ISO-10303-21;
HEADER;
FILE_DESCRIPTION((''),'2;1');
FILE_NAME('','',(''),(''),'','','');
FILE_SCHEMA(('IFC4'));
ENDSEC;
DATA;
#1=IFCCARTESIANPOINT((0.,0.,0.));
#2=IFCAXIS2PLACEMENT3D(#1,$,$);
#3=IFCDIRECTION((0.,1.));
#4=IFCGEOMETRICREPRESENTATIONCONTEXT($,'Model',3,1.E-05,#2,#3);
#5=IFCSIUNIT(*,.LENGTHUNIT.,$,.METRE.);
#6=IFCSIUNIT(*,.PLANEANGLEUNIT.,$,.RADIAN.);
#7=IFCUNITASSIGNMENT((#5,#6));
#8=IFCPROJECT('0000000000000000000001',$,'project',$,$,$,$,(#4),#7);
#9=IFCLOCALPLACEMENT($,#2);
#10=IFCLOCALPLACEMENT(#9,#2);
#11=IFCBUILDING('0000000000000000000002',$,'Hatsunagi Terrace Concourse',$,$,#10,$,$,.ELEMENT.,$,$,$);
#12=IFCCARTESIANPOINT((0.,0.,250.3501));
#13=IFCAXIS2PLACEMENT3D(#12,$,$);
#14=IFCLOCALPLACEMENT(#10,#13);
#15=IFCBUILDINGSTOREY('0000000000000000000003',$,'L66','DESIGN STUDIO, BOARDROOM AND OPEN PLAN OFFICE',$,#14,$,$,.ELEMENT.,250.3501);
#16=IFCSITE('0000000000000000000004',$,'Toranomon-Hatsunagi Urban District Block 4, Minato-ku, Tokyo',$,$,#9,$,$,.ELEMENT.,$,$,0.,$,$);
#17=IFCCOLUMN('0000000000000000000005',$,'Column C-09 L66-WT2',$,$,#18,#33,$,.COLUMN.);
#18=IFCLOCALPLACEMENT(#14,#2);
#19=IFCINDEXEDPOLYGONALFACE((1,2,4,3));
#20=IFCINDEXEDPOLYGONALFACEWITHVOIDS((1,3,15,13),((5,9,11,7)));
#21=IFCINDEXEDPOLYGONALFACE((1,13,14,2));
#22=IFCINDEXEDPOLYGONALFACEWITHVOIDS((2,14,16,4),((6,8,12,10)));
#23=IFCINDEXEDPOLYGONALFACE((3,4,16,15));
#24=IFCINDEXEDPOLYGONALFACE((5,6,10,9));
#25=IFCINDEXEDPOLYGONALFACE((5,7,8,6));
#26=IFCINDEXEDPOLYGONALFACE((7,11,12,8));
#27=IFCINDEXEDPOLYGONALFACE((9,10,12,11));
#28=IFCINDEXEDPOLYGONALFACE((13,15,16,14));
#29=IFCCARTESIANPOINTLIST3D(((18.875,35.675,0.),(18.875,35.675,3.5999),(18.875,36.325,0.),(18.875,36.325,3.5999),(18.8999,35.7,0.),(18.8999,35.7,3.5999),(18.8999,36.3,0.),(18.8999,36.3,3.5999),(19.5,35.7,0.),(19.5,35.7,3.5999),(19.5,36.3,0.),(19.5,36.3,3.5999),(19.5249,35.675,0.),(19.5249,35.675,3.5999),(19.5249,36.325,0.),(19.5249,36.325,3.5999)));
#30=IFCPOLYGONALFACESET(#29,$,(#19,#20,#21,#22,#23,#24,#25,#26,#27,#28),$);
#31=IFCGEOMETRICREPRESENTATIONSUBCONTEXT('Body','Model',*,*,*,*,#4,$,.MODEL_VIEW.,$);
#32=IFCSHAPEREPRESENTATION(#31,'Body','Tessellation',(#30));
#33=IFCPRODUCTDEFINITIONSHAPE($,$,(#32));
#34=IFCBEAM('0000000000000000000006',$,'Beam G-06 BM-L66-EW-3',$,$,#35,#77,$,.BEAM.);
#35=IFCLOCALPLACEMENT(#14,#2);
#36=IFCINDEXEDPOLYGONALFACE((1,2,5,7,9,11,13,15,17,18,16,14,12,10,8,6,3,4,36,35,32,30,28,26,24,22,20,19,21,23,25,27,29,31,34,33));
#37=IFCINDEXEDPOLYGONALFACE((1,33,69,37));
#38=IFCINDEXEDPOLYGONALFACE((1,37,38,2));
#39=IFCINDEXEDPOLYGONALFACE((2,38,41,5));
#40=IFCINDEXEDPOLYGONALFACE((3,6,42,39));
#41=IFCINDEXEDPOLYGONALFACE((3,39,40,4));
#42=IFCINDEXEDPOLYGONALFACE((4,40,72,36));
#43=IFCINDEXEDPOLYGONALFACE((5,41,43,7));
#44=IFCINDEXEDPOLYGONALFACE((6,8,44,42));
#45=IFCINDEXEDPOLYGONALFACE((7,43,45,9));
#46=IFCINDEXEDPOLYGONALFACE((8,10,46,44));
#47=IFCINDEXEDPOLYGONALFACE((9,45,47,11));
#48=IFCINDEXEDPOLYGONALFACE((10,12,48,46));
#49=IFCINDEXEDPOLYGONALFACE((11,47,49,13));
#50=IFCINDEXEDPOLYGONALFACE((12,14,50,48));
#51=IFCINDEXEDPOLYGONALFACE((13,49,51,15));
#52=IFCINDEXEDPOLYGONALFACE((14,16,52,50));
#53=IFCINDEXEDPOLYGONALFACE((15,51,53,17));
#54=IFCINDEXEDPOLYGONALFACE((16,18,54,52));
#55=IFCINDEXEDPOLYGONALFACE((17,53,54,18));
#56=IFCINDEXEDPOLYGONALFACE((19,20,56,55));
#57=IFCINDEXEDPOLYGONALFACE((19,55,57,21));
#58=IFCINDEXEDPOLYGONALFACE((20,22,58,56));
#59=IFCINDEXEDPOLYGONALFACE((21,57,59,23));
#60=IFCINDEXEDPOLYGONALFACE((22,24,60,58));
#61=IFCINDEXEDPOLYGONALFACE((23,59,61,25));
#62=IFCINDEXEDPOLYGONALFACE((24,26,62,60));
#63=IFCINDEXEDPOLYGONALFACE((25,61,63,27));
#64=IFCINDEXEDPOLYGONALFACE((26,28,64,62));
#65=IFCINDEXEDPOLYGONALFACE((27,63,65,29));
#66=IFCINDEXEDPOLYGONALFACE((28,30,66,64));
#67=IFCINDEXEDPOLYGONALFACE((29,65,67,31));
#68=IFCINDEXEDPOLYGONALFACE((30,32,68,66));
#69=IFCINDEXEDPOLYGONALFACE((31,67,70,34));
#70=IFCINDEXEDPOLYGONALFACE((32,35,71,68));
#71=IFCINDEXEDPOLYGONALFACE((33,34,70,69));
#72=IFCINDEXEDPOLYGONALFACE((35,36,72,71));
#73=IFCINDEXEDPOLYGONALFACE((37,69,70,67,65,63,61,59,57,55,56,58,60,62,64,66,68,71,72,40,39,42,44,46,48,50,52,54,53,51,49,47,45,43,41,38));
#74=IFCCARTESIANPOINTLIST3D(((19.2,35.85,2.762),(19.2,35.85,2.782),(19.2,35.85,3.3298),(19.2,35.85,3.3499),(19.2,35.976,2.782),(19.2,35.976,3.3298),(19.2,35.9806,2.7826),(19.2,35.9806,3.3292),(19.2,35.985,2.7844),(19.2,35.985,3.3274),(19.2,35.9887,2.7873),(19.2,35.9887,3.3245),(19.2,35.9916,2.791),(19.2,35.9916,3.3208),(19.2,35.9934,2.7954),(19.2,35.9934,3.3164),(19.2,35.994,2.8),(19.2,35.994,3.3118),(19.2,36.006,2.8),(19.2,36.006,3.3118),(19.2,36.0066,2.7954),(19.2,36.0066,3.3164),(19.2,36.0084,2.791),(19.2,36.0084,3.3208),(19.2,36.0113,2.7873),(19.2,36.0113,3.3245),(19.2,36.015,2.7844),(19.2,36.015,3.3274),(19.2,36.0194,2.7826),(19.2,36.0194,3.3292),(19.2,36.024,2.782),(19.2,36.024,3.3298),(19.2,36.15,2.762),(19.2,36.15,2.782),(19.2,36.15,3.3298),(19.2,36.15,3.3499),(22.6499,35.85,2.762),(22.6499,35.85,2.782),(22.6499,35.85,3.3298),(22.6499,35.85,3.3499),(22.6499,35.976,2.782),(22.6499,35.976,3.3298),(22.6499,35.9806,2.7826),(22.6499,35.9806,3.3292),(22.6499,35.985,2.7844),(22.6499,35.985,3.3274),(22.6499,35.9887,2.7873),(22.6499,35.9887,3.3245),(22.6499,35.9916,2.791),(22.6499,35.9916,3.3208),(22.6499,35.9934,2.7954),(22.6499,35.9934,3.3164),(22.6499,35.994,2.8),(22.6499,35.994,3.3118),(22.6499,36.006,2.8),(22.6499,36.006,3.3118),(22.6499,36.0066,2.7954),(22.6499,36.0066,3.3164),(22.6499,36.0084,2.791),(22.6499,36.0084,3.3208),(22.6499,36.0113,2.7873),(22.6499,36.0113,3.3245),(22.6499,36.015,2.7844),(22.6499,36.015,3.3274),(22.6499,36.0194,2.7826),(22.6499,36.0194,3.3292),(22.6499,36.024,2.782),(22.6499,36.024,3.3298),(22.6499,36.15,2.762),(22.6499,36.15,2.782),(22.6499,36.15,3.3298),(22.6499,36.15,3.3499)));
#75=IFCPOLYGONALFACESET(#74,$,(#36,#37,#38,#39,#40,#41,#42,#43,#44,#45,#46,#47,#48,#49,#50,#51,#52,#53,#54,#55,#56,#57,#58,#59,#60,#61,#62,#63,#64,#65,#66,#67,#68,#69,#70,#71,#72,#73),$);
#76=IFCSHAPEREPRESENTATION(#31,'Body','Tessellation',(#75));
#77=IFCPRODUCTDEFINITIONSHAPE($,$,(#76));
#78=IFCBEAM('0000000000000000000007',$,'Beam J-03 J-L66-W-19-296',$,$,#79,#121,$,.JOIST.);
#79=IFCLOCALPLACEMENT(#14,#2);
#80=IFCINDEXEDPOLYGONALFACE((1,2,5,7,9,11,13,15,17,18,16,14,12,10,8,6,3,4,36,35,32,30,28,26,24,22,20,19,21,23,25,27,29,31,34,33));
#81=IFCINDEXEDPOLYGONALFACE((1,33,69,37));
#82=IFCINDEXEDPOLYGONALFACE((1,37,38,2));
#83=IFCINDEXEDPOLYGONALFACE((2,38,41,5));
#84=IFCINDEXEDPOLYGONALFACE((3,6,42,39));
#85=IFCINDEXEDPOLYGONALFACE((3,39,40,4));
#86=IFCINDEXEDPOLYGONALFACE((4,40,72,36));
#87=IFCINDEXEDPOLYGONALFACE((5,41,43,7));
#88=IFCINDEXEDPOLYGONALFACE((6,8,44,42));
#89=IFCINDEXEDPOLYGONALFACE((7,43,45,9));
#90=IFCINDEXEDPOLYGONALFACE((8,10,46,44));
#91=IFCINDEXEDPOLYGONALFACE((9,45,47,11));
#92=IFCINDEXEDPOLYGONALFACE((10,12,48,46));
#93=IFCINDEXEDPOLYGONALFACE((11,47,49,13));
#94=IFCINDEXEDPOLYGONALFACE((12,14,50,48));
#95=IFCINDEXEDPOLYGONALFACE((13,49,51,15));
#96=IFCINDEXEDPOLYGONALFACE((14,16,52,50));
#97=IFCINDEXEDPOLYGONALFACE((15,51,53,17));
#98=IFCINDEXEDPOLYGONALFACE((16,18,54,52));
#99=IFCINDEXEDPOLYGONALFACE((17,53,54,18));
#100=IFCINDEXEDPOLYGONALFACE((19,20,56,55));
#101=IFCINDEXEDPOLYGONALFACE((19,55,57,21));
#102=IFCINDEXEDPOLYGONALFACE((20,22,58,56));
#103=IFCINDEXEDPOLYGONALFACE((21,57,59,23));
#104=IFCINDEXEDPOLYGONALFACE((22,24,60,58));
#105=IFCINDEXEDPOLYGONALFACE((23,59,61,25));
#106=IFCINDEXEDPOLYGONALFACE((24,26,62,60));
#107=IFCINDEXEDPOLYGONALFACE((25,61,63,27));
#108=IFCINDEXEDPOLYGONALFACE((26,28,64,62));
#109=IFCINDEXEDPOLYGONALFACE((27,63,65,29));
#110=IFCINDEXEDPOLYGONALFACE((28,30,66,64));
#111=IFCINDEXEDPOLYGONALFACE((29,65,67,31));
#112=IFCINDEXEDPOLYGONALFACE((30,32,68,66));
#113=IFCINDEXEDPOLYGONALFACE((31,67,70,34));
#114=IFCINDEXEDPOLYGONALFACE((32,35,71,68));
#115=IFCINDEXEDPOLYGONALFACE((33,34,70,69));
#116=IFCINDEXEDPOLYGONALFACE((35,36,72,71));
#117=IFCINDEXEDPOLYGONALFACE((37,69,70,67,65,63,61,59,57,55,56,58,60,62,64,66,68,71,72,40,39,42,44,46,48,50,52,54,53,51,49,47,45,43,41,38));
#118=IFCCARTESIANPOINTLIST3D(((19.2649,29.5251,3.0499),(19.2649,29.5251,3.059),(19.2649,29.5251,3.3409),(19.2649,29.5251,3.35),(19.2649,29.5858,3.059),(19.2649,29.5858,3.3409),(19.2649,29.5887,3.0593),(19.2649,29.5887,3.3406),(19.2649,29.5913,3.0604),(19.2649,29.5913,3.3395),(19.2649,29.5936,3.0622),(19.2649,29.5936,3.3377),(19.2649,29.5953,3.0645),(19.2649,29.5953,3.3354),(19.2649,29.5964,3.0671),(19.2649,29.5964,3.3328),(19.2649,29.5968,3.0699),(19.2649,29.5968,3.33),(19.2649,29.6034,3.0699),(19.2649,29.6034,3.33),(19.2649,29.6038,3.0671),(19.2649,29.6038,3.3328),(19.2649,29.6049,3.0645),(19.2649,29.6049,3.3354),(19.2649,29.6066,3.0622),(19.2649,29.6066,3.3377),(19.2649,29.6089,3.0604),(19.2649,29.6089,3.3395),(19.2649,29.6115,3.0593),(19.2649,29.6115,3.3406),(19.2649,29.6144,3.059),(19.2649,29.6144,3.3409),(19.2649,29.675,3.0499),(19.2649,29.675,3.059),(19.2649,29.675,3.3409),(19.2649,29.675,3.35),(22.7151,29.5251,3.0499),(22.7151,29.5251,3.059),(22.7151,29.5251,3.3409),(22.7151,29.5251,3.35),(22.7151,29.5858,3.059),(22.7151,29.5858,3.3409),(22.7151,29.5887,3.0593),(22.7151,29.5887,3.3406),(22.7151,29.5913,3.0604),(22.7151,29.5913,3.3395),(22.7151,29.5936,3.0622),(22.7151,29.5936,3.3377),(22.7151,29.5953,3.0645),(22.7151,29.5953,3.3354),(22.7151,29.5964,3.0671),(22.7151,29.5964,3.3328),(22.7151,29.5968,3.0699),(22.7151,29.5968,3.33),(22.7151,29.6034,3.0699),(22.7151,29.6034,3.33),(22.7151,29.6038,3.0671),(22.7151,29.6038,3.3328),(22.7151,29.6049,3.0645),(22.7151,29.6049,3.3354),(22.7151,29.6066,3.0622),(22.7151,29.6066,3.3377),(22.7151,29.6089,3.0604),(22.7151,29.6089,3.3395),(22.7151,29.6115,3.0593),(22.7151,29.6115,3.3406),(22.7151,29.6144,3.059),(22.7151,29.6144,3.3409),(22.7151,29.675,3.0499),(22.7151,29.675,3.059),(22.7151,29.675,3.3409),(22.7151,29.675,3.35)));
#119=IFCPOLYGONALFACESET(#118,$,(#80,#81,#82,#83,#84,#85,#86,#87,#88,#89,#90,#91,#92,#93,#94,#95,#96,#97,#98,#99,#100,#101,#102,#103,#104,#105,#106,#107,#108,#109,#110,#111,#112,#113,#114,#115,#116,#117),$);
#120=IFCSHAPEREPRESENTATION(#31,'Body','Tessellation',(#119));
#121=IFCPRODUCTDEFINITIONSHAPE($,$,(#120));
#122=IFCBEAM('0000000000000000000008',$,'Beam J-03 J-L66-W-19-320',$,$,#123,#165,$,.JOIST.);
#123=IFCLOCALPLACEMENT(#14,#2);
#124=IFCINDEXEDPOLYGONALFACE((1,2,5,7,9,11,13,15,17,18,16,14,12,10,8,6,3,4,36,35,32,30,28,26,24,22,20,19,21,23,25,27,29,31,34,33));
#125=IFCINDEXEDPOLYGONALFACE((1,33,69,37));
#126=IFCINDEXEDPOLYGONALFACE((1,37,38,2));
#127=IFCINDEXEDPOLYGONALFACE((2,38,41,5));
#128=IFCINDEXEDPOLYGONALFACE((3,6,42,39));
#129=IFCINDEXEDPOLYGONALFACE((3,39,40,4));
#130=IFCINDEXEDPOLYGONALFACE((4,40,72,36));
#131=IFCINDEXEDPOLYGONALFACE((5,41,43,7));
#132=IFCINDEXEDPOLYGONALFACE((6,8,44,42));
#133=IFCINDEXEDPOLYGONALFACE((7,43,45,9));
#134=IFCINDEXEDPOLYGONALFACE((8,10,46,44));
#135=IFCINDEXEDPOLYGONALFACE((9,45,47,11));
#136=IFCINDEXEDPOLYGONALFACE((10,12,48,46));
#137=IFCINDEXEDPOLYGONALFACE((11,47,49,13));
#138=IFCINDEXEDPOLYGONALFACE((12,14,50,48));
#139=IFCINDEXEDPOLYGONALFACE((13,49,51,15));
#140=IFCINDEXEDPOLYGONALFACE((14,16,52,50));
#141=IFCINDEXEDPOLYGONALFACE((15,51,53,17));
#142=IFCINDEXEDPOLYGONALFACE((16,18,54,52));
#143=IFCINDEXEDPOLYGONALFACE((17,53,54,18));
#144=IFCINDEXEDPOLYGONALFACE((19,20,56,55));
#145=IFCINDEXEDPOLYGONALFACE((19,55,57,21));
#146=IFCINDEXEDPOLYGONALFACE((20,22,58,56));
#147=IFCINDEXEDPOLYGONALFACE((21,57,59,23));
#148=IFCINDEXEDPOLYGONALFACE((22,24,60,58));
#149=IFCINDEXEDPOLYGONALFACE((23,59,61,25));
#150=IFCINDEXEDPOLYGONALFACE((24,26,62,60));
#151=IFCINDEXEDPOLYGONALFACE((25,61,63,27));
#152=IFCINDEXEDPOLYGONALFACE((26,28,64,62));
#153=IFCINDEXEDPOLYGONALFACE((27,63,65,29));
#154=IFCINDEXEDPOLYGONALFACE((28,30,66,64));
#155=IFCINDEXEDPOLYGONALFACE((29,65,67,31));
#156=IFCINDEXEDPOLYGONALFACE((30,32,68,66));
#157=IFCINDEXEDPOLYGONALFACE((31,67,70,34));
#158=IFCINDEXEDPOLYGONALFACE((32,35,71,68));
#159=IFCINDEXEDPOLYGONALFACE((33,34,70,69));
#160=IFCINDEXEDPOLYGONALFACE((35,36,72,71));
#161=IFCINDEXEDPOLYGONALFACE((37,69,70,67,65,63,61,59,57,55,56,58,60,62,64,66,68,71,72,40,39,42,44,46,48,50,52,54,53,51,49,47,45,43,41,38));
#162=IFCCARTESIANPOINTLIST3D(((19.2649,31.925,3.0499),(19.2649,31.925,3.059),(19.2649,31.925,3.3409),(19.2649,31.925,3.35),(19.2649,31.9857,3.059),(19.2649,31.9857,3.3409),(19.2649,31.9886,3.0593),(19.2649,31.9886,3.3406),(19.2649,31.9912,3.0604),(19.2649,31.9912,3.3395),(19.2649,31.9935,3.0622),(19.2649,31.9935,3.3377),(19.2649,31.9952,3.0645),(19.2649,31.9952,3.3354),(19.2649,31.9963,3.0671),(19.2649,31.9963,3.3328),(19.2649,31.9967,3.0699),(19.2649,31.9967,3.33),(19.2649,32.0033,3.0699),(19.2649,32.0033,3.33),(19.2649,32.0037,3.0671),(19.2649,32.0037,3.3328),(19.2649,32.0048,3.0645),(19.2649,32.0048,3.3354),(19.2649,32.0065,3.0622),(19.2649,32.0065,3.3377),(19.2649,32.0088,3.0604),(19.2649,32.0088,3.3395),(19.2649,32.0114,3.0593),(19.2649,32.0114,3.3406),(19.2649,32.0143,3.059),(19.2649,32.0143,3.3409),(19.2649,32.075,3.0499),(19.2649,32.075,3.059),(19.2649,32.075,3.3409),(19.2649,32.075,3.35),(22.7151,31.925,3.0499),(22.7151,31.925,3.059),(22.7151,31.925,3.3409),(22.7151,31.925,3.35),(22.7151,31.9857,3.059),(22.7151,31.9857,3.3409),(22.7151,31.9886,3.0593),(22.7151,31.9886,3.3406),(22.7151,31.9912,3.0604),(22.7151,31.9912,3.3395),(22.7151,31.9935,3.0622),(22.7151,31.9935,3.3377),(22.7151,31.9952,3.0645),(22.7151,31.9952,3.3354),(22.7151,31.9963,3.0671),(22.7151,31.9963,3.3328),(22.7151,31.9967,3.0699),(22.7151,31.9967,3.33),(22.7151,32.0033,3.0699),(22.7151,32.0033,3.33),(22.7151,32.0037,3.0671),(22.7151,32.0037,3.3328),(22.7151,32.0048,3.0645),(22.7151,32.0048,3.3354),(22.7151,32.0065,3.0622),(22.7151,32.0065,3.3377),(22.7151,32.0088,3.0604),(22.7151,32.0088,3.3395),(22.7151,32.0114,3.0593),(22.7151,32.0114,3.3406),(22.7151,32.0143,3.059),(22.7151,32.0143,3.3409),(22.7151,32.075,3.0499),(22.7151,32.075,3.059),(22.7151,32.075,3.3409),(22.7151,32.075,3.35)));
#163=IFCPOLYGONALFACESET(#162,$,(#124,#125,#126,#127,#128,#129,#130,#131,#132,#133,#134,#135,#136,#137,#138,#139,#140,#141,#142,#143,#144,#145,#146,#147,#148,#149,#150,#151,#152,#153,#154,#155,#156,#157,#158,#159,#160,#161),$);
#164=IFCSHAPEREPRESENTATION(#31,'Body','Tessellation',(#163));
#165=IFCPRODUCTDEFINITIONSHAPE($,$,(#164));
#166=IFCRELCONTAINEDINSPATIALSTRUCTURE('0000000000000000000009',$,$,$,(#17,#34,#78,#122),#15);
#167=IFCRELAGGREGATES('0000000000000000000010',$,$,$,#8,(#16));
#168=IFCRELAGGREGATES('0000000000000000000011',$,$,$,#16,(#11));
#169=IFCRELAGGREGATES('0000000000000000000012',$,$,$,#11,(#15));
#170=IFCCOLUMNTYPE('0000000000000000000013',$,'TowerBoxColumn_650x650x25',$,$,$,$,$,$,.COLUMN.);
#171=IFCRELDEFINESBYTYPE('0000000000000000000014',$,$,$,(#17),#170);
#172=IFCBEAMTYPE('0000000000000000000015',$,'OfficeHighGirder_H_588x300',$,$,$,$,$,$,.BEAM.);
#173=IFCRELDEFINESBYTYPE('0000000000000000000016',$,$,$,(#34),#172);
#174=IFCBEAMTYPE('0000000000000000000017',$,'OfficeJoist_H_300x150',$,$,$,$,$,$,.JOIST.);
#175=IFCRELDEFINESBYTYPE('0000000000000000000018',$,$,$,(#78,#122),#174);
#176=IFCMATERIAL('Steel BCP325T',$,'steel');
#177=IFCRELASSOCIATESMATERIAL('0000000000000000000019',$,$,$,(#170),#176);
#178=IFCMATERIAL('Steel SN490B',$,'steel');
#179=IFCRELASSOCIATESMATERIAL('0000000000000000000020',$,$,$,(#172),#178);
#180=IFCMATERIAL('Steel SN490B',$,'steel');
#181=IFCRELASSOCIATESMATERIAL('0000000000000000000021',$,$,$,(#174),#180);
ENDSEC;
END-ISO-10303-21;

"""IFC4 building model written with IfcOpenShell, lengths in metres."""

from ifc_helpers import new_model, si_unit, direction, frame, origin, origin_2d, place, context, subcontext, project, spatial, hollow_rectangle, i_section, extrude, material, material_profile, profile_set, type_object, element, save


model = new_model("IFC4")

# Units and contexts
model_context = context("Model", 3, precision=1e-05, world=origin(), true_north=direction((0.0, 1.0)))
body_context = subcontext(model_context, "Body", "Model", "MODEL_VIEW")
ifc_project = project(units=[si_unit("LENGTHUNIT", "METRE"), si_unit("PLANEANGLEUNIT", "RADIAN")], contexts=[model_context])

# Site, building, storey
site_placement = place(None, origin())
site = spatial("IfcSite", under=ifc_project, at=site_placement, Name="Toranomon-Hatsunagi Urban District Block 4, Minato-ku, Tokyo", CompositionType="ELEMENT", RefElevation=0.0)
building_placement = place(site_placement, origin())
building = spatial("IfcBuilding", under=site, at=building_placement, Name="Hatsunagi Terrace Concourse", CompositionType="ELEMENT")
storey_placement = place(building_placement, frame((0.0, 0.0, 250.3501)))
storey = spatial("IfcBuildingStorey", under=building, at=storey_placement, Name="L66", Description="DESIGN STUDIO, BOARDROOM AND OPEN PLAN OFFICE", CompositionType="ELEMENT", Elevation=250.3501)

# Column
ifc_material_1 = material(Name="Steel BCP325T", Category="steel")
ifc_material_profile_1 = material_profile(ifc_material_1, hollow_rectangle(XDim=0.6499, YDim=0.6499, WallThickness=0.0249, at=origin_2d()), Name="BCP-650x650x25")
ifc_profile_set_1 = profile_set([ifc_material_profile_1], Name="Steel BCP325T")
column_type = type_object("IfcColumnType", Name="TowerBoxColumn_650x650x25", PredefinedType="COLUMN", material=ifc_profile_set_1)
column_placement = place(storey_placement, frame((19.2, 36.0, 0.0), z_axis=(0.0, 0.0, 1.0), x_axis=(1.0, 0.0, 0.0)))
element("IfcColumn", 1, at=column_placement, inside=storey, type_object=column_type, Name="Column C-09 L66-WT2", PredefinedType="COLUMN", context=body_context, shape_type="SweptSolid", body=[
    extrude(hollow_rectangle(XDim=0.6499, YDim=0.6499, WallThickness=0.0249, at=origin_2d()), origin(), (0.0, 0.0, 1.0), 3.5999),
])

# Beams
ifc_material_2 = material(Name="Steel SN490B", Category="steel")
ifc_material_profile_2 = material_profile(ifc_material_2, i_section(OverallWidth=0.3, OverallDepth=0.5879, WebThickness=0.012, FlangeThickness=0.02, FilletRadius=0.0181, at=origin_2d()), Name="H-588x300x12x20")
ifc_profile_set_2 = profile_set([ifc_material_profile_2], Name="Steel SN490B")
beam_type_1 = type_object("IfcBeamType", Name="OfficeHighGirder_H_588x300", PredefinedType="BEAM", material=ifc_profile_set_2)
beam_1_placement = place(storey_placement, frame((19.2, 36.0, 3.0559), z_axis=(1.0, 0.0, 0.0), x_axis=(0.0, 1.0, 0.0)))
element("IfcBeam", 2, at=beam_1_placement, inside=storey, type_object=beam_type_1, Name="Beam G-06 BM-L66-EW-3", PredefinedType="BEAM", context=body_context, shape_type="SweptSolid", body=[
    extrude(i_section(OverallWidth=0.3, OverallDepth=0.5879, WebThickness=0.012, FlangeThickness=0.02, FilletRadius=0.0181, at=origin_2d()), origin(), (0.0, 0.0, 1.0), 3.45),
])
ifc_material_3 = material(Name="Steel SN490B", Category="steel")
ifc_material_profile_3 = material_profile(ifc_material_3, i_section(OverallWidth=0.1499, OverallDepth=0.3, WebThickness=0.0066, FlangeThickness=0.009, FilletRadius=0.011, at=origin_2d()), Name="H-300x150x6.5x9")
ifc_profile_set_3 = profile_set([ifc_material_profile_3], Name="Steel SN490B")
beam_type_2 = type_object("IfcBeamType", Name="OfficeJoist_H_300x150", PredefinedType="JOIST", material=ifc_profile_set_3)
for number, where, z_axis, x_axis, name in (
    (3, (19.2649, 29.6001, 3.2), (1.0, 0.0, 0.0), (0.0, 1.0, 0.0), "Beam J-03 J-L66-W-19-296"),
    (4, (19.2649, 32.0, 3.2), (1.0, 0.0, 0.0), (0.0, 1.0, 0.0), "Beam J-03 J-L66-W-19-320"),
):
    element("IfcBeam", number, at=place(storey_placement, frame(where, z_axis=z_axis, x_axis=x_axis)), inside=storey, type_object=beam_type_2, Name=name, PredefinedType="JOIST", context=body_context, shape_type="SweptSolid", body=[
        extrude(i_section(OverallWidth=0.1499, OverallDepth=0.3, WebThickness=0.0066, FlangeThickness=0.009, FilletRadius=0.011, at=origin_2d()), origin(), (0.0, 0.0, 1.0), 3.4502),
    ])

save(model, "model.ifc")
